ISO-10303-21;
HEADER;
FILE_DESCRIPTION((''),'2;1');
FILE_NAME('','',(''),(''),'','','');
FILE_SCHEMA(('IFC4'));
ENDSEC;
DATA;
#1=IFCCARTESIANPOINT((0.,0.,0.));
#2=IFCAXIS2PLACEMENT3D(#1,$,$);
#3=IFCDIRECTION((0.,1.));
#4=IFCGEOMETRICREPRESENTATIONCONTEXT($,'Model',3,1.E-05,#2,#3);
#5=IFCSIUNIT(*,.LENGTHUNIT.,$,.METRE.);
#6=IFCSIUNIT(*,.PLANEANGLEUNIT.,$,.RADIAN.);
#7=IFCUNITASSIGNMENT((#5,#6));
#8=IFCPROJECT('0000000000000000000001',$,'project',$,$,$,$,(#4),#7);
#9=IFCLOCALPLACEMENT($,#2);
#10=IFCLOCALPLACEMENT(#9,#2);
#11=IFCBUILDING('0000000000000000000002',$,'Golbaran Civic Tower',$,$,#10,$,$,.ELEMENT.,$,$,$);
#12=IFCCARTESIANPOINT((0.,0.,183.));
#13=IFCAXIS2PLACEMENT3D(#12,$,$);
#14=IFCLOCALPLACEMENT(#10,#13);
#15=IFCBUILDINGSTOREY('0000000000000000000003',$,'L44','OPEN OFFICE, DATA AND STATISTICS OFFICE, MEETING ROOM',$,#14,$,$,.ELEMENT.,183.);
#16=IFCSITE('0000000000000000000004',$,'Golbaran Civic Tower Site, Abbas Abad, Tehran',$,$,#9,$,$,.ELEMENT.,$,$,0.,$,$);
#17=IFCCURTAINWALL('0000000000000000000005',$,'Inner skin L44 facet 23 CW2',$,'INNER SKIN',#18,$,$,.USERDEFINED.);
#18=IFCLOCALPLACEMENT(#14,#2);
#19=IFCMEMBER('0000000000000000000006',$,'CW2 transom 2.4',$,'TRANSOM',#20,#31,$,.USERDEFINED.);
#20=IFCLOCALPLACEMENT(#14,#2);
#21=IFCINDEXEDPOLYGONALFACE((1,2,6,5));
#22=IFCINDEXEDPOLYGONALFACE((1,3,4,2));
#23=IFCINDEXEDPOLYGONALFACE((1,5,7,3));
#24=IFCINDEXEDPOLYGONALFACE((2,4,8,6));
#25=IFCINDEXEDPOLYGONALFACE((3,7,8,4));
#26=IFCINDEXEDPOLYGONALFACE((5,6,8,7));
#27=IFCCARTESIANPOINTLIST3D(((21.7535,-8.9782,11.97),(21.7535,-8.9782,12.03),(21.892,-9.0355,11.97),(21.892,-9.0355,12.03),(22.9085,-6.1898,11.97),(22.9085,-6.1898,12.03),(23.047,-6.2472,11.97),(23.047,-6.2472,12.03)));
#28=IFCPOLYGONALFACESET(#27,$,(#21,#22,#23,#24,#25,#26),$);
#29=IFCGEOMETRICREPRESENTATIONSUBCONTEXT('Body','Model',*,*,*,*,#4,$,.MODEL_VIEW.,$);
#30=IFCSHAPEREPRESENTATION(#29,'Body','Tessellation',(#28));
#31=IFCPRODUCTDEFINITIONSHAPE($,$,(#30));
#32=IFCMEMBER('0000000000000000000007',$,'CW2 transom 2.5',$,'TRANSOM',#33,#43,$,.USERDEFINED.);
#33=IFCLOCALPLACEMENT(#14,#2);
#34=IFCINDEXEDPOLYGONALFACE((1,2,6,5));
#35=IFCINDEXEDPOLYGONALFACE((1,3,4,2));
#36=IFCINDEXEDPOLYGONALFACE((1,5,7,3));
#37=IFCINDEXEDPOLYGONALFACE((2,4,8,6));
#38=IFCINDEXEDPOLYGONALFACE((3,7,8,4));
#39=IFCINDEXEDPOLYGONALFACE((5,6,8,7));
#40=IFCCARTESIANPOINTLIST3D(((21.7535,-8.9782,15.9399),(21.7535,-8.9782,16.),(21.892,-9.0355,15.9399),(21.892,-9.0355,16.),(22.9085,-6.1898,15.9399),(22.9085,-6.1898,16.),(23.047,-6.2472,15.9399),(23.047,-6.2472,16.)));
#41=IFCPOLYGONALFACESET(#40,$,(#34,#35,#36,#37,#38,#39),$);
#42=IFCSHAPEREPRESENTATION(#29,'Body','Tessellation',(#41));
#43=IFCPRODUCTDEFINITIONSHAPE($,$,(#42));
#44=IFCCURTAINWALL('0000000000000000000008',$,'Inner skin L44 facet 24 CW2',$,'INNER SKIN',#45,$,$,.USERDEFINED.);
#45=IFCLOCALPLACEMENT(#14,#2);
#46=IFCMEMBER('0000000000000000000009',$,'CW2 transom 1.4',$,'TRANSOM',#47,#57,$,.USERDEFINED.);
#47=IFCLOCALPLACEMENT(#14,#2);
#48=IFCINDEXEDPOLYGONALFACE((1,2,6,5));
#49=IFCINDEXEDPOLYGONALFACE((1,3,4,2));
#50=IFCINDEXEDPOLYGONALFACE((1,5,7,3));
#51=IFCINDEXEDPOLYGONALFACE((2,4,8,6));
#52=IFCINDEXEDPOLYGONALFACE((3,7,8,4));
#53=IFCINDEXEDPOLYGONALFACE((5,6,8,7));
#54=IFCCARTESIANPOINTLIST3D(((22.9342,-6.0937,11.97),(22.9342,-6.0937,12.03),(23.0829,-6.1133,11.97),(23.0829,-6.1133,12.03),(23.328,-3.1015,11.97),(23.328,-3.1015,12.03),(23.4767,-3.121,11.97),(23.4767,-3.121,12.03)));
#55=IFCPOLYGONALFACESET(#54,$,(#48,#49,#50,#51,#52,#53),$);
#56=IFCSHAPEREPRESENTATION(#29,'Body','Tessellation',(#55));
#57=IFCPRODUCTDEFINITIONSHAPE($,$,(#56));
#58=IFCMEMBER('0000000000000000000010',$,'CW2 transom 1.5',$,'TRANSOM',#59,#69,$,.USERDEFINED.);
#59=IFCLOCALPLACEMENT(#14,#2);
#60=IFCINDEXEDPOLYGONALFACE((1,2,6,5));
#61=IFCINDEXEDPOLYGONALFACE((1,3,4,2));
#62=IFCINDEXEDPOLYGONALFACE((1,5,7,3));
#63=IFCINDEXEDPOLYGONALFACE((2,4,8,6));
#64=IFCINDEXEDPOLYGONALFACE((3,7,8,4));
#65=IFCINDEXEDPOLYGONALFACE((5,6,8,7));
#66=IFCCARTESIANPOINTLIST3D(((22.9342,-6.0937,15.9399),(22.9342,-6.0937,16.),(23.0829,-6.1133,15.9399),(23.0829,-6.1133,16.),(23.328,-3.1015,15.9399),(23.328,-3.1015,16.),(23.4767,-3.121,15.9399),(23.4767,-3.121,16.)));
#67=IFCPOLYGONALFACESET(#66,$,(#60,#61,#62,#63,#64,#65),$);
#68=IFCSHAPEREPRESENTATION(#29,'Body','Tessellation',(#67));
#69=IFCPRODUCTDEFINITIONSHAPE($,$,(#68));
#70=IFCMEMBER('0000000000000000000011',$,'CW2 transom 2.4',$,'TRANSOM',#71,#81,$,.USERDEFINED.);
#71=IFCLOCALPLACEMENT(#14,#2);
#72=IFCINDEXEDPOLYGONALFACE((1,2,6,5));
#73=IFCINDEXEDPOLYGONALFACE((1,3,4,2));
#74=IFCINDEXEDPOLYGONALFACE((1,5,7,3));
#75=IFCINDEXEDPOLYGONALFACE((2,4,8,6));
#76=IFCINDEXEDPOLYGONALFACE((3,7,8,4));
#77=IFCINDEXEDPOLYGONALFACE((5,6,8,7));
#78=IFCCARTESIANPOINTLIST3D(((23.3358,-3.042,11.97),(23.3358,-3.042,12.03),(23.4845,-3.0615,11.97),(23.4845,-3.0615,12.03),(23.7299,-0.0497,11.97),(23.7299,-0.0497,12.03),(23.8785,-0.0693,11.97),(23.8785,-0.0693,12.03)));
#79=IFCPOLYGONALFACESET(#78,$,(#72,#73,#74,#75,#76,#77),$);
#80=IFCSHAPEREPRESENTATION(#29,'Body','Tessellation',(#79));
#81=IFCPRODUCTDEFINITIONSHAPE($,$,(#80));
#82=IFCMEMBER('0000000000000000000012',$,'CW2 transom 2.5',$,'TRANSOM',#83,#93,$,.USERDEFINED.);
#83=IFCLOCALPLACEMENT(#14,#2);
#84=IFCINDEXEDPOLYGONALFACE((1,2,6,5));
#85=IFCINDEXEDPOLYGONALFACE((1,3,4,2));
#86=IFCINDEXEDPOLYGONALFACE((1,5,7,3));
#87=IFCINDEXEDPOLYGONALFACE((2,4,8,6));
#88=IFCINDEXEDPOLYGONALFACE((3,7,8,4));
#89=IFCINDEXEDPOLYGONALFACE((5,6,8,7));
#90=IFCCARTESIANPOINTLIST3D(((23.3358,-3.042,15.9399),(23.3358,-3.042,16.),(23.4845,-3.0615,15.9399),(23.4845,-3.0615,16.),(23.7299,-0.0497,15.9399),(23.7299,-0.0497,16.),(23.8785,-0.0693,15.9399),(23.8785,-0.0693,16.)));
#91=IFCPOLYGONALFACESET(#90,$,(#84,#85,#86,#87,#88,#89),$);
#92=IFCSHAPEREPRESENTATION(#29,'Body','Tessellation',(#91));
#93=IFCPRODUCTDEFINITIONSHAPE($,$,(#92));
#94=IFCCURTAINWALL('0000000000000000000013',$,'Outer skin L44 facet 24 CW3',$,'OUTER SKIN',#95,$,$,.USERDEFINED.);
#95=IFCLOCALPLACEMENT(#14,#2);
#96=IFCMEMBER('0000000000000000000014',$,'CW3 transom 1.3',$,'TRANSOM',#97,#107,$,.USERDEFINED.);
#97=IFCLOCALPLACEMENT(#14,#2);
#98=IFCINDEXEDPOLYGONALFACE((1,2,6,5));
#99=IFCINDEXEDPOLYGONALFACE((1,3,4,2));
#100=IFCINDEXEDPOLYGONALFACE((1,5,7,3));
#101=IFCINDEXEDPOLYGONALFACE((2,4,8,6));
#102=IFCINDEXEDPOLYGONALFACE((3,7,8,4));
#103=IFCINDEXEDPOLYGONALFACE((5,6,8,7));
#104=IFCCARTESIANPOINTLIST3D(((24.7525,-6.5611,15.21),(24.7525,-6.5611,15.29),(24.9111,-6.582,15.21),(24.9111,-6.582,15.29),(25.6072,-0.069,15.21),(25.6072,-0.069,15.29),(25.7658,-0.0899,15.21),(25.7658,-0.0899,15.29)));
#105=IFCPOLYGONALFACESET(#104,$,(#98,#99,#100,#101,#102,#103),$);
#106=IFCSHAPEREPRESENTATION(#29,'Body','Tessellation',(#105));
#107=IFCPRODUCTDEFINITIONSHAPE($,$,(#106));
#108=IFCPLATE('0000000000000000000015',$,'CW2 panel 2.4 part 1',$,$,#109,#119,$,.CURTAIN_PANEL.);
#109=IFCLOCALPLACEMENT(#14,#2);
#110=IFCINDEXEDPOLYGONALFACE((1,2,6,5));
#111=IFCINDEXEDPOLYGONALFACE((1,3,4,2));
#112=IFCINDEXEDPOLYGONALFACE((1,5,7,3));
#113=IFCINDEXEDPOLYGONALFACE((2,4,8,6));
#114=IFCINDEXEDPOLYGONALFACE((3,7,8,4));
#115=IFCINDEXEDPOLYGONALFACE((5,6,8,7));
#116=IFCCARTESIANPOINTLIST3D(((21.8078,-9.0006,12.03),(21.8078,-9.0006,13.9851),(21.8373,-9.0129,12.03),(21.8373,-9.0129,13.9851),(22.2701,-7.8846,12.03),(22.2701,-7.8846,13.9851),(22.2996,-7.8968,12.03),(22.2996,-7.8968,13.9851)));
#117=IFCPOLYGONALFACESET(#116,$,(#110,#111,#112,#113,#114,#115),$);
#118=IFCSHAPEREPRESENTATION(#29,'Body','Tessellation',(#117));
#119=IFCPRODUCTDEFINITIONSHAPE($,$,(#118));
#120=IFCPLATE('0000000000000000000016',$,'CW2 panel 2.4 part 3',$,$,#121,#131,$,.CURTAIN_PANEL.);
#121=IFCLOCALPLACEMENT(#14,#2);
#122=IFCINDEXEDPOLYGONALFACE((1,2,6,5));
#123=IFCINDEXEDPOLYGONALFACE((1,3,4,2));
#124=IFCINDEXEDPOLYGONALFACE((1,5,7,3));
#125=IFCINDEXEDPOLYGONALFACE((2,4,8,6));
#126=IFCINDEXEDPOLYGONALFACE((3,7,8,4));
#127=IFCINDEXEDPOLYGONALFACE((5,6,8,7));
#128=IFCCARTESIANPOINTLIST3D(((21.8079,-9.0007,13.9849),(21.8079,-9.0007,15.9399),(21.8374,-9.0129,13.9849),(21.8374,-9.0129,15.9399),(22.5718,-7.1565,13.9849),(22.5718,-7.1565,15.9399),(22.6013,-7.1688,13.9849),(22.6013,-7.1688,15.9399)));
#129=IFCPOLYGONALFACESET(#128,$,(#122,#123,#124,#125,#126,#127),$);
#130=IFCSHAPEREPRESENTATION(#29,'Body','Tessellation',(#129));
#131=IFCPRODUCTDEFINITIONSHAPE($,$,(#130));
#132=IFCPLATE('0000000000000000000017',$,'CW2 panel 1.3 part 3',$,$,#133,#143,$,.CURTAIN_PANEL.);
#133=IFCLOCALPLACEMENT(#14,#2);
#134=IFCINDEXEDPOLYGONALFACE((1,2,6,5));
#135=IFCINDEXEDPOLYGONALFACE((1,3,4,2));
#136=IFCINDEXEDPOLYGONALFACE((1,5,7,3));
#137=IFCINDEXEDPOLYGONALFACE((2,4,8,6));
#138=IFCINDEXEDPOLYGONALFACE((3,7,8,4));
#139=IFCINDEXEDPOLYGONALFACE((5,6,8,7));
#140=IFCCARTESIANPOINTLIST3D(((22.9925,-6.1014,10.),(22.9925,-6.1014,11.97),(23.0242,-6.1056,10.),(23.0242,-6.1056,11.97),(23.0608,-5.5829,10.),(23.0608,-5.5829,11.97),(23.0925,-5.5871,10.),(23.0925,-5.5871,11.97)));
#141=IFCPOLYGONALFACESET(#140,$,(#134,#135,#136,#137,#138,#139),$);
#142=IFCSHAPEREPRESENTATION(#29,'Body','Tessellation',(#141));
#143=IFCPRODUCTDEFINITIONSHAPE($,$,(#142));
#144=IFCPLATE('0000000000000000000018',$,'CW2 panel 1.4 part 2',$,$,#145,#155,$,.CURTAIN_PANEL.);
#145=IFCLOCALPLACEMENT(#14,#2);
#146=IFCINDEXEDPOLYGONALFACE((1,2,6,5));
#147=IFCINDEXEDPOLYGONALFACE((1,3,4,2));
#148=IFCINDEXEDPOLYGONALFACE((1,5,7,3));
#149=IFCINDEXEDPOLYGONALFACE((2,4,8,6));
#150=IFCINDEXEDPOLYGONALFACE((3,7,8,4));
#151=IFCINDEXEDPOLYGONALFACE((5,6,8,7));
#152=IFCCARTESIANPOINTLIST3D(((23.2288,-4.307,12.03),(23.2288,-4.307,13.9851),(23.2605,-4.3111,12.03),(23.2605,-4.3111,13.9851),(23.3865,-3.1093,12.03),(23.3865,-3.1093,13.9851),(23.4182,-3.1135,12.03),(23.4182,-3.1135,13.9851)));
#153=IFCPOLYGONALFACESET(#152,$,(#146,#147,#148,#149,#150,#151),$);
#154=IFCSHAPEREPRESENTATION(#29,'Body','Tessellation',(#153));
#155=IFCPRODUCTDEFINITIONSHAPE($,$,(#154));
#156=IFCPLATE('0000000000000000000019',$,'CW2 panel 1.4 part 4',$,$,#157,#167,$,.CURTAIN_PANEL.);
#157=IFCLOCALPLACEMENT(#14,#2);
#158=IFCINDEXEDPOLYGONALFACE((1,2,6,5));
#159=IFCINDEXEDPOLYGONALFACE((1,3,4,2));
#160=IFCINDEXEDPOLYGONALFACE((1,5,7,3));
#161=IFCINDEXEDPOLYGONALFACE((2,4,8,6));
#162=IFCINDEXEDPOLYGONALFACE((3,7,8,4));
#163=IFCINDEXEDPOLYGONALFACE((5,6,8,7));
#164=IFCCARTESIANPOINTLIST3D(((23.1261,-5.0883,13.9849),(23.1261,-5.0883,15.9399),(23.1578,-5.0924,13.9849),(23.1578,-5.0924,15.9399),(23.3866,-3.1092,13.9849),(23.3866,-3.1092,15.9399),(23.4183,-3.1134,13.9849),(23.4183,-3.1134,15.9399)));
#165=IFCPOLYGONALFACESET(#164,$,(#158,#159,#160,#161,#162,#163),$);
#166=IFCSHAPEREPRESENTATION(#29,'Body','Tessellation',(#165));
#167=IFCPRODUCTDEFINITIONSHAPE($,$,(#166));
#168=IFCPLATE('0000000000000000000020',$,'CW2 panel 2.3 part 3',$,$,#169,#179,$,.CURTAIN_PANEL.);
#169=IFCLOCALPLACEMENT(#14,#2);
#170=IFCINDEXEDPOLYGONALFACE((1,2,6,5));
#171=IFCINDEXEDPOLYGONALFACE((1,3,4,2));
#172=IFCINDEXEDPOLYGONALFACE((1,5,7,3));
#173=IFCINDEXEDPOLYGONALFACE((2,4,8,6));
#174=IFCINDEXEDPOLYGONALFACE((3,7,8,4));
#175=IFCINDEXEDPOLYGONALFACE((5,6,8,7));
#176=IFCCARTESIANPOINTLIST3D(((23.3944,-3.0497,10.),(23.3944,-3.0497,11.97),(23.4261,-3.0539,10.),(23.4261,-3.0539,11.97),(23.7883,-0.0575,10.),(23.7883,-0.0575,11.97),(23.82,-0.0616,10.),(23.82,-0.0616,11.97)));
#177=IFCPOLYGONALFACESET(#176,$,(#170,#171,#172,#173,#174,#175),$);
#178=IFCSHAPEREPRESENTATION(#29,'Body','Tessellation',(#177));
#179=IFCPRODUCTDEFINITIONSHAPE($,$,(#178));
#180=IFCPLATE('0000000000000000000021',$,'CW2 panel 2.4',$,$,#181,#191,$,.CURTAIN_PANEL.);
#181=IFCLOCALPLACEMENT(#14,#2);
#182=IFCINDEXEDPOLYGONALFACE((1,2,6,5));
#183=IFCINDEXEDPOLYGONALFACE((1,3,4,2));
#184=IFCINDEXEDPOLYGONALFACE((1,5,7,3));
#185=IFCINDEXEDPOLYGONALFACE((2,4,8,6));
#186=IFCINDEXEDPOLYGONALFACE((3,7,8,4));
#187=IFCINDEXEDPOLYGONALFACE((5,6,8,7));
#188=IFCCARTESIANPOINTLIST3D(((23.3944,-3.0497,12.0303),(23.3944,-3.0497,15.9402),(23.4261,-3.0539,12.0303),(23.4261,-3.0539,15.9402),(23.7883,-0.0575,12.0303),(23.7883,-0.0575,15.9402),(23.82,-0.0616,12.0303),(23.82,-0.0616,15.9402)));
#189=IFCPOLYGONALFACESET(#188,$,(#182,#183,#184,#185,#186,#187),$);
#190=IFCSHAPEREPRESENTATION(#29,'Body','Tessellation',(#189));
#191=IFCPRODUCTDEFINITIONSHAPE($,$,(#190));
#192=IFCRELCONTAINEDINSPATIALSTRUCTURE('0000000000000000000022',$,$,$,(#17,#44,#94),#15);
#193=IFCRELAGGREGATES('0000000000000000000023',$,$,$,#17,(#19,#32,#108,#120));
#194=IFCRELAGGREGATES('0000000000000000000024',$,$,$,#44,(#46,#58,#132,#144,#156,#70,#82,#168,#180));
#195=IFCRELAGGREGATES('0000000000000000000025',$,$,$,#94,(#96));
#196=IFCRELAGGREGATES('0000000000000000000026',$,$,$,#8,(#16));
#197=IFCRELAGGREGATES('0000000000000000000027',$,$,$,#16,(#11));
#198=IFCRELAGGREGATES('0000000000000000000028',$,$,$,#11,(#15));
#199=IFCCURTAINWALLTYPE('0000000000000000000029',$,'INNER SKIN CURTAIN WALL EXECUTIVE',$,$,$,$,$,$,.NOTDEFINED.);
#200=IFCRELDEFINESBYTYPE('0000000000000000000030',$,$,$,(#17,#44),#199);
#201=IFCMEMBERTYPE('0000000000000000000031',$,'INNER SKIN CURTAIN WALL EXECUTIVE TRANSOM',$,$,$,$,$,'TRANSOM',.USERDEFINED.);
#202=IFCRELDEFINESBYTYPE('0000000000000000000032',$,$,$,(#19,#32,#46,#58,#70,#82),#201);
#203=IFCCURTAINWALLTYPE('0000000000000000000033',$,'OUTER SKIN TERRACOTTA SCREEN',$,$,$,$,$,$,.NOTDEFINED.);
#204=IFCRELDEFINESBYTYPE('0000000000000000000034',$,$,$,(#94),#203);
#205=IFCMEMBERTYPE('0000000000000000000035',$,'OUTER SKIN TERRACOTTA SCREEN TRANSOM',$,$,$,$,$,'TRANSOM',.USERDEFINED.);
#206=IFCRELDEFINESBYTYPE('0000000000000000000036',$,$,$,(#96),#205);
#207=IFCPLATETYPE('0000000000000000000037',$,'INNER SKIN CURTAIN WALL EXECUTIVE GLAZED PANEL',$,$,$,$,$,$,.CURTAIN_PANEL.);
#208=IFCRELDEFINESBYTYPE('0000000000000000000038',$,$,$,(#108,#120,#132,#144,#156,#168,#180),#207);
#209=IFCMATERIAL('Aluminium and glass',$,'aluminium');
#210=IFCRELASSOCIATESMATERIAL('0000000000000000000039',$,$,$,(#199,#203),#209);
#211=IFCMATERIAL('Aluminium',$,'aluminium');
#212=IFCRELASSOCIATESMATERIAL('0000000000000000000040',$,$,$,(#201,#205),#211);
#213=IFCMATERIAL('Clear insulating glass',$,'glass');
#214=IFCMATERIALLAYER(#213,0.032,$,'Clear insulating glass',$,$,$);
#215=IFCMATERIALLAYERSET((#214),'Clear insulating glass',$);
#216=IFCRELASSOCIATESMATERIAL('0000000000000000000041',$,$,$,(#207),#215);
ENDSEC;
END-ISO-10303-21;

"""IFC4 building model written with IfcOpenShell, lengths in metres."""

from ifc_helpers import new_model, si_unit, direction, frame, origin, origin_2d, place, context, subcontext, project, spatial, rectangle, extrude, material, layer, layer_set, material_profile, profile_set, type_object, element, aggregate, save


model = new_model("IFC4")

# Units and contexts
model_context = context("Model", 3, precision=1e-05, world=origin(), true_north=direction((0.0, 1.0)))
body_context = subcontext(model_context, "Body", "Model", "MODEL_VIEW")
ifc_project = project(units=[si_unit("LENGTHUNIT", "METRE"), si_unit("PLANEANGLEUNIT", "RADIAN")], contexts=[model_context])

# Site, building, storey
site_placement = place(None, origin())
site = spatial("IfcSite", under=ifc_project, at=site_placement, Name="Golbaran Civic Tower Site, Abbas Abad, Tehran", CompositionType="ELEMENT", RefElevation=0.0)
building_placement = place(site_placement, origin())
building = spatial("IfcBuilding", under=site, at=building_placement, Name="Golbaran Civic Tower", CompositionType="ELEMENT")
storey_placement = place(building_placement, frame((0.0, 0.0, 183.0)))
storey = spatial("IfcBuildingStorey", under=building, at=storey_placement, Name="L44", Description="OPEN OFFICE, DATA AND STATISTICS OFFICE, MEETING ROOM", CompositionType="ELEMENT", Elevation=183.0)

# Curtain walls, members
ifc_material_1 = material(Name="Aluminium and glass", Category="aluminium")
curtain_wall_type_1 = type_object("IfcCurtainWallType", Name="INNER SKIN CURTAIN WALL EXECUTIVE", PredefinedType="NOTDEFINED", material=ifc_material_1)
curtain_wall_1_placement = place(storey_placement, origin())
curtain_wall_1 = element("IfcCurtainWall", 1, at=curtain_wall_1_placement, inside=storey, type_object=curtain_wall_type_1, Name="Inner skin L44 facet 23 CW2", ObjectType="INNER SKIN", PredefinedType="USERDEFINED")
ifc_material_2 = material(Name="Aluminium", Category="aluminium")
ifc_material_profile_1 = material_profile(ifc_material_2, rectangle(XDim=0.1499, YDim=0.0601, at=origin_2d()), Name="INNER SKIN CURTAIN WALL EXECUTIVE TRANSOM")
ifc_profile_set_1 = profile_set([ifc_material_profile_1], Name="Aluminium")
member_type_1 = type_object("IfcMemberType", Name="INNER SKIN CURTAIN WALL EXECUTIVE TRANSOM", ElementType="TRANSOM", PredefinedType="USERDEFINED", material=ifc_profile_set_1)
member_1_placement = place(storey_placement, frame((21.8228, -9.0068, 12.0), z_axis=(0.382702, 0.923872, 0.0), x_axis=(-0.923872, 0.382702, 0.0)))
member_1 = element("IfcMember", 2, at=member_1_placement, type_object=member_type_1, Name="CW2 transom 2.4", ObjectType="TRANSOM", PredefinedType="USERDEFINED", context=body_context, shape_type="SweptSolid", body=[
    extrude(rectangle(XDim=0.1499, YDim=0.0601, at=origin_2d()), origin(), (0.0, 0.0, 1.0), 3.0181),
])
member_2_placement = place(storey_placement, frame((21.8228, -9.0068, 15.97), z_axis=(0.382702, 0.923872, 0.0), x_axis=(-0.923872, 0.382702, 0.0)))
member_2 = element("IfcMember", 3, at=member_2_placement, type_object=member_type_1, Name="CW2 transom 2.5", ObjectType="TRANSOM", PredefinedType="USERDEFINED", context=body_context, shape_type="SweptSolid", body=[
    extrude(rectangle(XDim=0.1499, YDim=0.0601, at=origin_2d()), origin(), (0.0, 0.0, 1.0), 3.0181),
])
curtain_wall_2_placement = place(storey_placement, origin())
curtain_wall_2 = element("IfcCurtainWall", 4, at=curtain_wall_2_placement, inside=storey, type_object=curtain_wall_type_1, Name="Inner skin L44 facet 24 CW2", ObjectType="INNER SKIN", PredefinedType="USERDEFINED")
member_3_placement = place(storey_placement, frame((23.0085, -6.1035, 12.0), z_axis=(0.130484, 0.99145, 0.0), x_axis=(-0.99145, 0.130484, 0.0)))
member_3 = element("IfcMember", 5, at=member_3_placement, type_object=member_type_1, Name="CW2 transom 1.4", ObjectType="TRANSOM", PredefinedType="USERDEFINED", context=body_context, shape_type="SweptSolid", body=[
    extrude(rectangle(XDim=0.1499, YDim=0.0601, at=origin_2d()), origin(), (0.0, 0.0, 1.0), 3.0181),
])
member_4_placement = place(storey_placement, frame((23.0085, -6.1035, 15.97), z_axis=(0.130484, 0.99145, 0.0), x_axis=(-0.99145, 0.130484, 0.0)))
member_4 = element("IfcMember", 6, at=member_4_placement, type_object=member_type_1, Name="CW2 transom 1.5", ObjectType="TRANSOM", PredefinedType="USERDEFINED", context=body_context, shape_type="SweptSolid", body=[
    extrude(rectangle(XDim=0.1499, YDim=0.0601, at=origin_2d()), origin(), (0.0, 0.0, 1.0), 3.0181),
])
member_5_placement = place(storey_placement, frame((23.4102, -3.0518, 12.0), z_axis=(0.130563, 0.99144, 0.0), x_axis=(-0.99144, 0.130563, 0.0)))
member_5 = element("IfcMember", 7, at=member_5_placement, type_object=member_type_1, Name="CW2 transom 2.4", ObjectType="TRANSOM", PredefinedType="USERDEFINED", context=body_context, shape_type="SweptSolid", body=[
    extrude(rectangle(XDim=0.1499, YDim=0.0601, at=origin_2d()), origin(), (0.0, 0.0, 1.0), 3.0181),
])
member_6_placement = place(storey_placement, frame((23.4102, -3.0518, 15.97), z_axis=(0.130563, 0.99144, 0.0), x_axis=(-0.99144, 0.130563, 0.0)))
member_6 = element("IfcMember", 8, at=member_6_placement, type_object=member_type_1, Name="CW2 transom 2.5", ObjectType="TRANSOM", PredefinedType="USERDEFINED", context=body_context, shape_type="SweptSolid", body=[
    extrude(rectangle(XDim=0.1499, YDim=0.0601, at=origin_2d()), origin(), (0.0, 0.0, 1.0), 3.0181),
])

# Curtain wall, member
curtain_wall_type_2 = type_object("IfcCurtainWallType", Name="OUTER SKIN TERRACOTTA SCREEN", PredefinedType="NOTDEFINED", material=ifc_material_1)
curtain_wall_3_placement = place(storey_placement, origin())
curtain_wall_3 = element("IfcCurtainWall", 9, at=curtain_wall_3_placement, inside=storey, type_object=curtain_wall_type_2, Name="Outer skin L44 facet 24 CW3", ObjectType="OUTER SKIN", PredefinedType="USERDEFINED")
ifc_material_profile_2 = material_profile(ifc_material_2, rectangle(XDim=0.1599, YDim=0.0801, at=origin_2d()), Name="OUTER SKIN TERRACOTTA SCREEN TRANSOM")
ifc_profile_set_2 = profile_set([ifc_material_profile_2], Name="Aluminium")
member_type_2 = type_object("IfcMemberType", Name="OUTER SKIN TERRACOTTA SCREEN TRANSOM", ElementType="TRANSOM", PredefinedType="USERDEFINED", material=ifc_profile_set_2)
member_7_placement = place(storey_placement, frame((24.8318, -6.5715, 15.25), z_axis=(0.13053, 0.991444, 0.0), x_axis=(-0.991444, 0.13053, 0.0)))
member_7 = element("IfcMember", 10, at=member_7_placement, type_object=member_type_2, Name="CW3 transom 1.3", ObjectType="TRANSOM", PredefinedType="USERDEFINED", context=body_context, shape_type="SweptSolid", body=[
    extrude(rectangle(XDim=0.1599, YDim=0.0801, at=origin_2d()), origin(), (0.0, 0.0, 1.0), 6.5481),
])

# Plates
ifc_material_3 = material(Name="Clear insulating glass", Category="glass")
ifc_layer_1 = layer(ifc_material_3, 0.032, Name="Clear insulating glass")
ifc_layer_set_1 = layer_set([ifc_layer_1], Name="Clear insulating glass")
plate_type_1 = type_object("IfcPlateType", Name="INNER SKIN CURTAIN WALL EXECUTIVE GLAZED PANEL", PredefinedType="CURTAIN_PANEL", material=ifc_layer_set_1)
plate_1_placement = place(storey_placement, frame((22.0537, -8.4487, 12.03), z_axis=(0.0, 0.0, 1.0), x_axis=(0.382683, 0.92388, 0.0)))
plate_1 = element("IfcPlate", 11, at=plate_1_placement, type_object=plate_type_1, Name="CW2 panel 2.4 part 1", PredefinedType="CURTAIN_PANEL", context=body_context, shape_type="SweptSolid", body=[
    extrude(rectangle(XDim=1.208, YDim=0.032, at=origin_2d()), origin(), (0.0, 0.0, 1.0), 1.9551),
])
plate_2_placement = place(storey_placement, frame((22.2046, -8.0847, 13.9849), z_axis=(0.0, 0.0, 1.0), x_axis=(0.382683, 0.92388, 0.0)))
plate_2 = element("IfcPlate", 12, at=plate_2_placement, type_object=plate_type_1, Name="CW2 panel 2.4 part 3", PredefinedType="CURTAIN_PANEL", context=body_context, shape_type="SweptSolid", body=[
    extrude(rectangle(XDim=1.9961, YDim=0.032, at=origin_2d()), origin(), (0.0, 0.0, 1.0), 1.9551),
])
plate_3_placement = place(storey_placement, frame((23.0425, -5.8442, 10.0), z_axis=(0.0, 0.0, 1.0), x_axis=(0.130526, 0.991445, 0.0)))
plate_3 = element("IfcPlate", 13, at=plate_3_placement, type_object=plate_type_1, Name="CW2 panel 1.3 part 3", PredefinedType="CURTAIN_PANEL", context=body_context, shape_type="SweptSolid", body=[
    extrude(rectangle(XDim=0.5229, YDim=0.032, at=origin_2d()), origin(), (0.0, 0.0, 1.0), 1.97),
])
plate_4_placement = place(storey_placement, frame((23.3235, -3.7102, 12.03), z_axis=(0.0, 0.0, 1.0), x_axis=(0.130526, 0.991445, 0.0)))
plate_4 = element("IfcPlate", 14, at=plate_4_placement, type_object=plate_type_1, Name="CW2 panel 1.4 part 2", PredefinedType="CURTAIN_PANEL", context=body_context, shape_type="SweptSolid", body=[
    extrude(rectangle(XDim=1.208, YDim=0.032, at=origin_2d()), origin(), (0.0, 0.0, 1.0), 1.9551),
])
plate_5_placement = place(storey_placement, frame((23.2722, -4.1008, 13.9849), z_axis=(0.0, 0.0, 1.0), x_axis=(0.130526, 0.991445, 0.0)))
plate_5 = element("IfcPlate", 15, at=plate_5_placement, type_object=plate_type_1, Name="CW2 panel 1.4 part 4", PredefinedType="CURTAIN_PANEL", context=body_context, shape_type="SweptSolid", body=[
    extrude(rectangle(XDim=1.9961, YDim=0.032, at=origin_2d()), origin(), (0.0, 0.0, 1.0), 1.9551),
])
plate_6_placement = place(storey_placement, frame((23.6072, -1.5557, 10.0), z_axis=(0.0, 0.0, 1.0), x_axis=(0.130526, 0.991445, 0.0)))
plate_6 = element("IfcPlate", 16, at=plate_6_placement, type_object=plate_type_1, Name="CW2 panel 2.3 part 3", PredefinedType="CURTAIN_PANEL", context=body_context, shape_type="SweptSolid", body=[
    extrude(rectangle(XDim=3.0181, YDim=0.032, at=origin_2d()), origin(), (0.0, 0.0, 1.0), 1.97),
])
plate_7_placement = place(storey_placement, frame((23.6072, -1.5557, 12.0303), z_axis=(0.0, 0.0, 1.0), x_axis=(0.130526, 0.991445, 0.0)))
plate_7 = element("IfcPlate", 17, at=plate_7_placement, type_object=plate_type_1, Name="CW2 panel 2.4", PredefinedType="CURTAIN_PANEL", context=body_context, shape_type="SweptSolid", body=[
    extrude(rectangle(XDim=3.0181, YDim=0.032, at=origin_2d()), origin(), (0.0, 0.0, 1.0), 3.9099),
])
aggregate(curtain_wall_1, [member_1, member_2, plate_1, plate_2])
aggregate(curtain_wall_2, [member_3, member_4, plate_3, plate_4, plate_5, member_5, member_6, plate_6, plate_7])
aggregate(curtain_wall_3, [member_7])

save(model, "model.ifc")
